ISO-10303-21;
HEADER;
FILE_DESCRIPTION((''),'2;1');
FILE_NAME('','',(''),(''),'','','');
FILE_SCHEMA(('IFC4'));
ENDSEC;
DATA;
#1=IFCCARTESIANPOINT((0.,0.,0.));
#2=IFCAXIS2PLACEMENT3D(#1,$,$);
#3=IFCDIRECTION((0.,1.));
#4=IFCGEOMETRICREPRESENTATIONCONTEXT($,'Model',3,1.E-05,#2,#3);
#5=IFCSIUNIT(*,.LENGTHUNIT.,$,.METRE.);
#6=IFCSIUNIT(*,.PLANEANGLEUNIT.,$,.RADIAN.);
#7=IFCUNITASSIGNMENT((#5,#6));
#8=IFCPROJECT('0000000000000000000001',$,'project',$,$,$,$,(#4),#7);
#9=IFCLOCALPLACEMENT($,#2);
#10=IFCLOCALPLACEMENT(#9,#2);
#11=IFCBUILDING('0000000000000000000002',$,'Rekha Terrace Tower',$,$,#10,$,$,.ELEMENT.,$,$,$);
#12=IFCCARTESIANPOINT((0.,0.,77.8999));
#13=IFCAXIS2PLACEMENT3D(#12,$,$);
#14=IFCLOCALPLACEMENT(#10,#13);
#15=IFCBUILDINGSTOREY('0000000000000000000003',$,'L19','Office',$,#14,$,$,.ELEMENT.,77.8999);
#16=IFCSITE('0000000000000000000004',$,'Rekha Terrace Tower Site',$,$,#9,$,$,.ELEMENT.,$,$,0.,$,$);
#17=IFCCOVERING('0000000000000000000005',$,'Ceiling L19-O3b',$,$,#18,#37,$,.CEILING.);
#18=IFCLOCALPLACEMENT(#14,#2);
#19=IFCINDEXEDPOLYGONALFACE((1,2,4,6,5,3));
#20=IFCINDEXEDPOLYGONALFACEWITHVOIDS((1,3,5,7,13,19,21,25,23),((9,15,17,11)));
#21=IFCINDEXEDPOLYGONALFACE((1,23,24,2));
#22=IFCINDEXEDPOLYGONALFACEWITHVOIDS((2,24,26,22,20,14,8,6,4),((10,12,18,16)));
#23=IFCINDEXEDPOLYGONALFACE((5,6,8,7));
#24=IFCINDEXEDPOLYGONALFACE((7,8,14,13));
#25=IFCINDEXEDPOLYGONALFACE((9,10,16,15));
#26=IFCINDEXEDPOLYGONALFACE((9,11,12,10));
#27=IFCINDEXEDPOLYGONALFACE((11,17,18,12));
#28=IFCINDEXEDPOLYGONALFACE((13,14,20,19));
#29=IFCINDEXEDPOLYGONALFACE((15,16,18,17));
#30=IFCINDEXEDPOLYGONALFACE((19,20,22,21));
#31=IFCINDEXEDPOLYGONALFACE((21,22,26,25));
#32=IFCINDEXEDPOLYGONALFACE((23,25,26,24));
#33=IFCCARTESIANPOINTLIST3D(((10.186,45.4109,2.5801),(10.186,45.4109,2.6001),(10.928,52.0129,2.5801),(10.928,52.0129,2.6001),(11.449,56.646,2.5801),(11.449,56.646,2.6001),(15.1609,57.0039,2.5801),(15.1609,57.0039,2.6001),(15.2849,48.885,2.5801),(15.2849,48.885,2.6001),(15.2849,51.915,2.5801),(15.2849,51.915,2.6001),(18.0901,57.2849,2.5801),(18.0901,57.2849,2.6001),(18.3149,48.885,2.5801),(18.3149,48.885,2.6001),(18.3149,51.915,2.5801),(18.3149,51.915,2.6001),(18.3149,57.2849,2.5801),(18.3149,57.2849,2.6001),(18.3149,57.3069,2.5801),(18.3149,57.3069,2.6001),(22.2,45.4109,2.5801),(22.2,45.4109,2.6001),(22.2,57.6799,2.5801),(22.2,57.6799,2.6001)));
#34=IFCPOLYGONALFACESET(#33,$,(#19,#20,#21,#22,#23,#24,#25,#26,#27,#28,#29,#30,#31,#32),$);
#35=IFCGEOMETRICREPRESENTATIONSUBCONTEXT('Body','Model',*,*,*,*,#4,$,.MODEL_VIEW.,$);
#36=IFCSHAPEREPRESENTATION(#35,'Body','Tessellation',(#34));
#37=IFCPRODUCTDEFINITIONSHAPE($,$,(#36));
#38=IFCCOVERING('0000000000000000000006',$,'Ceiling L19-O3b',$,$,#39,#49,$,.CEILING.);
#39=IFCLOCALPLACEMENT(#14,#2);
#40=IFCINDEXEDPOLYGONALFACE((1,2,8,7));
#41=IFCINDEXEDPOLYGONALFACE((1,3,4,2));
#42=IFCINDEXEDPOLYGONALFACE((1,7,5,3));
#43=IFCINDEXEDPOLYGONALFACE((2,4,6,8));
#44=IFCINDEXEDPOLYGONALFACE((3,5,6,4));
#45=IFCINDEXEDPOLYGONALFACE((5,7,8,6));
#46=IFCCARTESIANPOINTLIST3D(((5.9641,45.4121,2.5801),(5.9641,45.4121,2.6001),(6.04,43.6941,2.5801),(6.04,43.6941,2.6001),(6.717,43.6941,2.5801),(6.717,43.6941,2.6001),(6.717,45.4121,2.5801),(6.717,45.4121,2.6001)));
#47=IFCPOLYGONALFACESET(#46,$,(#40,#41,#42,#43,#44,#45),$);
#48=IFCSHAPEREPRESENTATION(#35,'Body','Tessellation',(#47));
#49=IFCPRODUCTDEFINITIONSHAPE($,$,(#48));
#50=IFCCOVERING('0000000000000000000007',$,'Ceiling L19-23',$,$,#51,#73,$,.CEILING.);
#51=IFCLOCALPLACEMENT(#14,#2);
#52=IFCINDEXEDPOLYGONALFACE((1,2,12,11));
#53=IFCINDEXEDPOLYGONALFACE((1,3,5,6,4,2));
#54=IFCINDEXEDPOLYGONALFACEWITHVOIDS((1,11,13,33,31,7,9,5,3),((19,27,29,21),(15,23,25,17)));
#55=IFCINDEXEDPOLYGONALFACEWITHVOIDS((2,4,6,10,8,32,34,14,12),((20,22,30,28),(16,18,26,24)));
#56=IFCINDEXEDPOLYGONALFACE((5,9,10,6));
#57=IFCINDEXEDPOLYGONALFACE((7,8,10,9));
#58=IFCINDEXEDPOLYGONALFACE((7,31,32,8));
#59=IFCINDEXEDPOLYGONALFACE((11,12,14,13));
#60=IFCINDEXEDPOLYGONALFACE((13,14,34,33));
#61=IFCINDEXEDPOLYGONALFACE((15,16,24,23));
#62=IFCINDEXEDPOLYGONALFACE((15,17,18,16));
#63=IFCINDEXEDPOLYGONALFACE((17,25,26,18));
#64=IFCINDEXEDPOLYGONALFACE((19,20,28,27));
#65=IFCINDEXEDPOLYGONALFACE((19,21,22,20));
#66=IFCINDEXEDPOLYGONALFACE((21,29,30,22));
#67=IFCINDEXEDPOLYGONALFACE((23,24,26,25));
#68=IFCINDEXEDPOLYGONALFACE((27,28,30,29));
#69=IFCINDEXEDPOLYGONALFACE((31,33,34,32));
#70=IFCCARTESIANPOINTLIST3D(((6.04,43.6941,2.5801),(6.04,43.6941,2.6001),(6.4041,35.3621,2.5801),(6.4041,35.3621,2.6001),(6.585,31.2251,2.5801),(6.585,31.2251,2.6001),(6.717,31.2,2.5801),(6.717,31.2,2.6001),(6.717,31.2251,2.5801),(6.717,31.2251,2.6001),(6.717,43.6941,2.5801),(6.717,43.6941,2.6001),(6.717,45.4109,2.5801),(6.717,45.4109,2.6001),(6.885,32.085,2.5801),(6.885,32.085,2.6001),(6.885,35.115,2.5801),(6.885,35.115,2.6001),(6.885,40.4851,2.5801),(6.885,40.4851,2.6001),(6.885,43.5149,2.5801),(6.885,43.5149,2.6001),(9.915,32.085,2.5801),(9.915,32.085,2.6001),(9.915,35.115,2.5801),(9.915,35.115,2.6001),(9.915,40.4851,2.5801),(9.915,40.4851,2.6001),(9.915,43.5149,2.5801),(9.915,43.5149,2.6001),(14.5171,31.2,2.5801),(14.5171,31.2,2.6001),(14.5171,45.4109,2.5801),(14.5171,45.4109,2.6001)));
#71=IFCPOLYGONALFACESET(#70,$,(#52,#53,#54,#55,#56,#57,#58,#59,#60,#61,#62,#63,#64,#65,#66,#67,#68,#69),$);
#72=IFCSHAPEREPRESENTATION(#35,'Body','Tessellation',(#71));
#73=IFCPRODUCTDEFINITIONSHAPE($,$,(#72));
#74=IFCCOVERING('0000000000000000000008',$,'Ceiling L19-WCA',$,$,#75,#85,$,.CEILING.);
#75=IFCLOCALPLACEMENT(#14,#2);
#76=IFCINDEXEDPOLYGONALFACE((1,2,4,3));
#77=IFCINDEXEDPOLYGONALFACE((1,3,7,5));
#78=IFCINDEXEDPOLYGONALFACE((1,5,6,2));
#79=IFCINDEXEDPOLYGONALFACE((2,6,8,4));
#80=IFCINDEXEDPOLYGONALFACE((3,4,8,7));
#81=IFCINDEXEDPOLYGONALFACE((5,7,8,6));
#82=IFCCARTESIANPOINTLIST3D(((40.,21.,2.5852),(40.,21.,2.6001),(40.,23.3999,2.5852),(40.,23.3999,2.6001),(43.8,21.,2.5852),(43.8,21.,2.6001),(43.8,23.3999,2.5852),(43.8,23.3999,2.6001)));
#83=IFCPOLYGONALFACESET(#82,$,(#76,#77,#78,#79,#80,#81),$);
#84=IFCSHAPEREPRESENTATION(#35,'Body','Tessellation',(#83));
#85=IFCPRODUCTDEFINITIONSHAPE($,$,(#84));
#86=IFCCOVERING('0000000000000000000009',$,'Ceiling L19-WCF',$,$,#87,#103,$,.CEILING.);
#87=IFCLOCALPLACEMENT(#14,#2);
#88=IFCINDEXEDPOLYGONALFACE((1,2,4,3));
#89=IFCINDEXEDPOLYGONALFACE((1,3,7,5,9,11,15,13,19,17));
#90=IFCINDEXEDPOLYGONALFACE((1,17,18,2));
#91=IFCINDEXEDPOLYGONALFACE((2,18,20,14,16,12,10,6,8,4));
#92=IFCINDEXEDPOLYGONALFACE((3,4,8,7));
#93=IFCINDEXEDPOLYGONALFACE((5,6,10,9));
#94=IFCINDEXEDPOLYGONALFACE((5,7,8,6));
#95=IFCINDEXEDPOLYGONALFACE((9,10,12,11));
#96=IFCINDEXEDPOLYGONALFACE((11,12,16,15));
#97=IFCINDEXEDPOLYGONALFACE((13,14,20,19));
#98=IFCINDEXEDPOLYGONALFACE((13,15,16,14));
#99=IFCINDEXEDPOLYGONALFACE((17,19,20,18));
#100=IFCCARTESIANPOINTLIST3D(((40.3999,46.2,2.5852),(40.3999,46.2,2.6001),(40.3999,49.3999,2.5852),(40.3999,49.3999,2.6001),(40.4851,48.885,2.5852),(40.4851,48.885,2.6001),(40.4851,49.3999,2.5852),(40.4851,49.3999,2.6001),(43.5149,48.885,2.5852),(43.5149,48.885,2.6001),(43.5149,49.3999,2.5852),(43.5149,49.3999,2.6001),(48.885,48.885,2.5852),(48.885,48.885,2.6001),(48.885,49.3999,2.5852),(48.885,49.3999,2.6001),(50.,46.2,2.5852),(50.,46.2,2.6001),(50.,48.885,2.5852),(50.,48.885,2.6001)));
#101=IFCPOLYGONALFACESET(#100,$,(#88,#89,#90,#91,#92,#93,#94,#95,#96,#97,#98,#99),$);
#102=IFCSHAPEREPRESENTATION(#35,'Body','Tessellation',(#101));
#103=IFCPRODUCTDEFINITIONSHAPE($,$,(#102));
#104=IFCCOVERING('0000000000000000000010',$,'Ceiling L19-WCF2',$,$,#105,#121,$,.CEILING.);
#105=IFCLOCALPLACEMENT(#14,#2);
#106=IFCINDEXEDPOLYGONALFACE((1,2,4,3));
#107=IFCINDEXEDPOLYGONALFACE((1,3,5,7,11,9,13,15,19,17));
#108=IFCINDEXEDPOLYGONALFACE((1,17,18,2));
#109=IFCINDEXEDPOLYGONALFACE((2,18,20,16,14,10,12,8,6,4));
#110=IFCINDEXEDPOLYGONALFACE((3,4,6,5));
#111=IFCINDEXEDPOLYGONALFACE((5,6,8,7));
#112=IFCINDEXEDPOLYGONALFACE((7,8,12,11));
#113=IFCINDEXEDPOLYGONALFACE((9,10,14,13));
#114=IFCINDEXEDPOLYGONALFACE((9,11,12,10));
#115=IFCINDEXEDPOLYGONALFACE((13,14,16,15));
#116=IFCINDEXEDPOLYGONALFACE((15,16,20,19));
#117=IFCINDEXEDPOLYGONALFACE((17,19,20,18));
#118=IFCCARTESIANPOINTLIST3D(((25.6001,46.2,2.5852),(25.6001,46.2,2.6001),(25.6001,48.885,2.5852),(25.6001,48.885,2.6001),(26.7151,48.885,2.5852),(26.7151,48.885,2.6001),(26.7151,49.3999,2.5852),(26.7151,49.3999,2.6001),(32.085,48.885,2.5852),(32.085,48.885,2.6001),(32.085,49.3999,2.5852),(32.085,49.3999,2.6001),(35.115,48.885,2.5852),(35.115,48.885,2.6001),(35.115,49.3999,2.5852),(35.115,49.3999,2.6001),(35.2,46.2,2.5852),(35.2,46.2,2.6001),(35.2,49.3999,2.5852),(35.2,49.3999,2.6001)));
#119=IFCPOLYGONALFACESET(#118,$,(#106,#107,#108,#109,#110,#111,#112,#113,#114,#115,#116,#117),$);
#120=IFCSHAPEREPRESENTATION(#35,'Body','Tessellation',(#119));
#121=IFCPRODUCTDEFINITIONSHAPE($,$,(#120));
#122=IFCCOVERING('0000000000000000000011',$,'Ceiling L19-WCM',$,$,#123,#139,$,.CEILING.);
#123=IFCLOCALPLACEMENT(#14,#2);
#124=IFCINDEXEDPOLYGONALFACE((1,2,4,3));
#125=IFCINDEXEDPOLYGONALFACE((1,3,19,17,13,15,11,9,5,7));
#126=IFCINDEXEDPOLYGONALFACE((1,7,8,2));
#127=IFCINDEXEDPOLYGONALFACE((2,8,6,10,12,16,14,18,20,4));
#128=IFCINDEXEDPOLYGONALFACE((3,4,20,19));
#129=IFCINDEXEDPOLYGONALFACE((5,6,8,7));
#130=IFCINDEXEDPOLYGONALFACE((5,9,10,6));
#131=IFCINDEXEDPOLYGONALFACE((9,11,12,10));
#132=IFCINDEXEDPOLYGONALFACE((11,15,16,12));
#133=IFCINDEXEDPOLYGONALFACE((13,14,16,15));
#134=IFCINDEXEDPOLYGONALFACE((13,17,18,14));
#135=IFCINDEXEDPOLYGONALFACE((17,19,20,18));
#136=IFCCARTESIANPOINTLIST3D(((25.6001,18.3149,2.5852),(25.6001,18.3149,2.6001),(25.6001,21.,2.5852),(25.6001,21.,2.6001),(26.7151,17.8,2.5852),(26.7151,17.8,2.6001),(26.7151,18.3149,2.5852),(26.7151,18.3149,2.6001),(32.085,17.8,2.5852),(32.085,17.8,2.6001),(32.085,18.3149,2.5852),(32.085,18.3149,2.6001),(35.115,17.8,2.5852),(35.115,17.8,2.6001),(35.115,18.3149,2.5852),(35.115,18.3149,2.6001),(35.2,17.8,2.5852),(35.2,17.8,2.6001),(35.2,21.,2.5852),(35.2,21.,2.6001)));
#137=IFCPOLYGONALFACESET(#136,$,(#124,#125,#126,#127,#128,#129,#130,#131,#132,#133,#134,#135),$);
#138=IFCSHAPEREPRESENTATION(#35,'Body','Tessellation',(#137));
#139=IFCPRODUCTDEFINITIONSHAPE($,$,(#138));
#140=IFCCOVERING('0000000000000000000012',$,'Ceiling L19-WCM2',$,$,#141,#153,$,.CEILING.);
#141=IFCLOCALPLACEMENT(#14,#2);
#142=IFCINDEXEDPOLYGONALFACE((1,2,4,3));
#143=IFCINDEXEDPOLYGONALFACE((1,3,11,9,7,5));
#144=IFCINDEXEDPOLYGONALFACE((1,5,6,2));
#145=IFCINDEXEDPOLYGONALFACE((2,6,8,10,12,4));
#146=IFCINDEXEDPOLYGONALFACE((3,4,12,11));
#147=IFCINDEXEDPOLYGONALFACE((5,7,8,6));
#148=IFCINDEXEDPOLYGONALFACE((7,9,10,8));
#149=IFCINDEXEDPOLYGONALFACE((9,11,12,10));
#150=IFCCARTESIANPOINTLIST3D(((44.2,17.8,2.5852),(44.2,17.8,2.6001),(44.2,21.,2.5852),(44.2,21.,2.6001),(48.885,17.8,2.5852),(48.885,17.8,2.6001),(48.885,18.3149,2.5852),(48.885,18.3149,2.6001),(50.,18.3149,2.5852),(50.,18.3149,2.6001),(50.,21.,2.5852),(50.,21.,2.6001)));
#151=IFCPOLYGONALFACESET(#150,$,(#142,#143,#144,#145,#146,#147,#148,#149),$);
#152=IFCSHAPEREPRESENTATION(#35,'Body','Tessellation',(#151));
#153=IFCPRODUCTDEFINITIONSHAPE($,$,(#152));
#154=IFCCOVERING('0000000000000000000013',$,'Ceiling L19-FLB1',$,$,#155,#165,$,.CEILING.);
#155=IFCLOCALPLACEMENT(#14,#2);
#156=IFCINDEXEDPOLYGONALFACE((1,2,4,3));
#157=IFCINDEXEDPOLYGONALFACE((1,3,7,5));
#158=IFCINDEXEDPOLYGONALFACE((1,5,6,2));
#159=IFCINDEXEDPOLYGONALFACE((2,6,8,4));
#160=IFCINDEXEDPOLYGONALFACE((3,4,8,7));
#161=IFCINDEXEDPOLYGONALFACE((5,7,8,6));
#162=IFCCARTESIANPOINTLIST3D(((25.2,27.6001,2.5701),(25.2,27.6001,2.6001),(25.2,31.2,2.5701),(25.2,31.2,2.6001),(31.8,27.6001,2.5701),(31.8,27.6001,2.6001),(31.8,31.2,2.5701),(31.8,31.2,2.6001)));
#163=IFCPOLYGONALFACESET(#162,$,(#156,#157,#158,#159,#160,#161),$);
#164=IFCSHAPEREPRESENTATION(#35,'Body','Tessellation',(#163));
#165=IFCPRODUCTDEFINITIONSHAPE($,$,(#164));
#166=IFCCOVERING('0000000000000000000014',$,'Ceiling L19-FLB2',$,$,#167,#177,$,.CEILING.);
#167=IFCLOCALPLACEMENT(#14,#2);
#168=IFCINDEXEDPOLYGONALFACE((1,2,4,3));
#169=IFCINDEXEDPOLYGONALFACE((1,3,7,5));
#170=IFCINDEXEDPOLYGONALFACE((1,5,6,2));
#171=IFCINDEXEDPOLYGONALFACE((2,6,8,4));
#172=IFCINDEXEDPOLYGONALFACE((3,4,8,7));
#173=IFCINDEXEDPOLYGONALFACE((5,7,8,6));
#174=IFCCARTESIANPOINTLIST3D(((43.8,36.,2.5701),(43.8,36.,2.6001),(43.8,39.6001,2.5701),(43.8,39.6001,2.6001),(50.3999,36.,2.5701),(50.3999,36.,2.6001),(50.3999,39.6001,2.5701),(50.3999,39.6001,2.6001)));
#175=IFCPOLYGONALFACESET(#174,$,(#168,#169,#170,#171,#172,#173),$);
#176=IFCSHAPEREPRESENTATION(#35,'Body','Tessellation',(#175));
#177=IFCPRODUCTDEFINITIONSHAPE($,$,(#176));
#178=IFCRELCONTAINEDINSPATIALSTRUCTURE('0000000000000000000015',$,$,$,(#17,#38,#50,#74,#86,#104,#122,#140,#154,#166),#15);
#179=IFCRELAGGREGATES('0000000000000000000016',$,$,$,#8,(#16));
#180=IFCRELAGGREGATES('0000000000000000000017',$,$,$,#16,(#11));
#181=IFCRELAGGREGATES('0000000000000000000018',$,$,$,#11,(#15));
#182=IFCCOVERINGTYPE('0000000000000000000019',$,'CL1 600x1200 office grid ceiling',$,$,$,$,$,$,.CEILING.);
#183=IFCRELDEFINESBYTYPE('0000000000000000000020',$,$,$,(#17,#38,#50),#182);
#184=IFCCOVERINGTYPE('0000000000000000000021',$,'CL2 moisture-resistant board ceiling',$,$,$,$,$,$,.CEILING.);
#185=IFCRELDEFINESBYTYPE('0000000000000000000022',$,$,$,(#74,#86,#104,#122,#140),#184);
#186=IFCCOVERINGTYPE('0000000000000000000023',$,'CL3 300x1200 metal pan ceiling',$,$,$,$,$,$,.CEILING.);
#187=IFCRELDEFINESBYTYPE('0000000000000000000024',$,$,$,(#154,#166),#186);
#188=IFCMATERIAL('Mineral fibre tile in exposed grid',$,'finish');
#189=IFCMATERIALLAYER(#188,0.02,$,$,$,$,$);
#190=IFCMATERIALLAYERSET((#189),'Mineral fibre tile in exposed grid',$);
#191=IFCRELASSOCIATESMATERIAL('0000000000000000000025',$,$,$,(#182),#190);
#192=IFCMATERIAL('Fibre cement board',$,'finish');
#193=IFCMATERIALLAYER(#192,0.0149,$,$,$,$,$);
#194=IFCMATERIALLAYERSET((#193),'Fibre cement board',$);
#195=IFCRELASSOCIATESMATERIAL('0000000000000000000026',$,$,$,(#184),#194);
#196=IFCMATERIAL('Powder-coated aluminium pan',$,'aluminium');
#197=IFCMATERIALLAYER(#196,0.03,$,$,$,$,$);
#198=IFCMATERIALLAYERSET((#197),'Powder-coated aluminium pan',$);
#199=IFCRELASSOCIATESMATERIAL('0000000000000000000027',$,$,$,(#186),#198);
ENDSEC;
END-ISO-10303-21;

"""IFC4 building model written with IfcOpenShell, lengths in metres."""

from ifc_helpers import new_model, si_unit, direction, frame, origin, place, context, subcontext, project, spatial, polyline, outline, extrude, material, layer, layer_set, type_object, element, save


model = new_model("IFC4")

# Units and contexts
model_context = context("Model", 3, precision=1e-05, world=origin(), true_north=direction((0.0, 1.0)))
body_context = subcontext(model_context, "Body", "Model", "MODEL_VIEW")
ifc_project = project(units=[si_unit("LENGTHUNIT", "METRE"), si_unit("PLANEANGLEUNIT", "RADIAN")], contexts=[model_context])

# Site, building, storey
site_placement = place(None, origin())
site = spatial("IfcSite", under=ifc_project, at=site_placement, Name="Rekha Terrace Tower Site", CompositionType="ELEMENT", RefElevation=0.0)
building_placement = place(site_placement, origin())
building = spatial("IfcBuilding", under=site, at=building_placement, Name="Rekha Terrace Tower", CompositionType="ELEMENT")
storey_placement = place(building_placement, frame((0.0, 0.0, 77.8999)))
storey = spatial("IfcBuildingStorey", under=building, at=storey_placement, Name="L19", Description="Office", CompositionType="ELEMENT", Elevation=77.8999)

# Coverings
ifc_material_1 = material(Name="Mineral fibre tile in exposed grid", Category="finish")
ifc_layer_1 = layer(ifc_material_1, 0.02)
ifc_layer_set_1 = layer_set([ifc_layer_1], Name="Mineral fibre tile in exposed grid")
covering_type_1 = type_object("IfcCoveringType", Name="CL1 600x1200 office grid ceiling", PredefinedType="CEILING", material=ifc_layer_set_1)
covering_1_placement = place(storey_placement, frame((0.0, 0.0, 2.5801)))
element("IfcCovering", 1, at=covering_1_placement, inside=storey, type_object=covering_type_1, Name="Ceiling L19-O3b", PredefinedType="CEILING", context=body_context, shape_type="SweptSolid", body=[
    extrude(outline(polyline([(10.928, 52.0129), (10.186, 45.4109), (22.2, 45.4109), (22.2, 57.6799), (18.3149, 57.3069), (18.3149, 57.2849), (18.0901, 57.2849), (15.1609, 57.0039), (11.449, 56.646), (10.928, 52.0129)]), holes=[polyline([(18.3149, 48.885), (15.2849, 48.885), (15.2849, 51.915), (18.3149, 51.915), (18.3149, 48.885)])]), origin(), (0.0, 0.0, 1.0), 0.02),
])
covering_2_placement = place(storey_placement, frame((0.0, 0.0, 2.5801)))
element("IfcCovering", 2, at=covering_2_placement, inside=storey, type_object=covering_type_1, Name="Ceiling L19-O3b", PredefinedType="CEILING", context=body_context, shape_type="SweptSolid", body=[
    extrude(outline(polyline([(6.717, 43.6941), (6.717, 45.4121), (5.9641, 45.4121), (6.04, 43.6941), (6.717, 43.6941)])), origin(), (0.0, 0.0, 1.0), 0.02),
])
covering_3_placement = place(storey_placement, frame((0.0, 0.0, 2.5801)))
element("IfcCovering", 3, at=covering_3_placement, inside=storey, type_object=covering_type_1, Name="Ceiling L19-23", PredefinedType="CEILING", context=body_context, shape_type="SweptSolid", body=[
    extrude(outline(polyline([(6.717, 31.2251), (6.717, 31.2), (14.5171, 31.2), (14.5171, 45.4109), (6.717, 45.4109), (6.717, 43.6941), (6.04, 43.6941), (6.4041, 35.3621), (6.585, 31.2251), (6.717, 31.2251)]), holes=[polyline([(9.915, 32.085), (6.885, 32.085), (6.885, 35.115), (9.915, 35.115), (9.915, 32.085)]), polyline([(9.915, 40.4851), (6.885, 40.4851), (6.885, 43.5149), (9.915, 43.5149), (9.915, 40.4851)])]), origin(), (0.0, 0.0, 1.0), 0.02),
])
ifc_material_2 = material(Name="Fibre cement board", Category="finish")
ifc_layer_2 = layer(ifc_material_2, 0.0149)
ifc_layer_set_2 = layer_set([ifc_layer_2], Name="Fibre cement board")
covering_type_2 = type_object("IfcCoveringType", Name="CL2 moisture-resistant board ceiling", PredefinedType="CEILING", material=ifc_layer_set_2)
covering_4_placement = place(storey_placement, frame((0.0, 0.0, 2.5852)))
element("IfcCovering", 4, at=covering_4_placement, inside=storey, type_object=covering_type_2, Name="Ceiling L19-WCA", PredefinedType="CEILING", context=body_context, shape_type="SweptSolid", body=[
    extrude(outline(polyline([(43.8, 23.3999), (40.0, 23.3999), (40.0, 21.0), (43.8, 21.0), (43.8, 23.3999)])), origin(), (0.0, 0.0, 1.0), 0.0149),
])
covering_5_placement = place(storey_placement, frame((0.0, 0.0, 2.5852)))
element("IfcCovering", 5, at=covering_5_placement, inside=storey, type_object=covering_type_2, Name="Ceiling L19-WCF", PredefinedType="CEILING", context=body_context, shape_type="SweptSolid", body=[
    extrude(outline(polyline([(40.4851, 49.3999), (40.3999, 49.3999), (40.3999, 46.2), (50.0, 46.2), (50.0, 48.885), (48.885, 48.885), (48.885, 49.3999), (43.5149, 49.3999), (43.5149, 48.885), (40.4851, 48.885), (40.4851, 49.3999)])), origin(), (0.0, 0.0, 1.0), 0.0149),
])
covering_6_placement = place(storey_placement, frame((0.0, 0.0, 2.5852)))
element("IfcCovering", 6, at=covering_6_placement, inside=storey, type_object=covering_type_2, Name="Ceiling L19-WCF2", PredefinedType="CEILING", context=body_context, shape_type="SweptSolid", body=[
    extrude(outline(polyline([(26.7151, 48.885), (25.6001, 48.885), (25.6001, 46.2), (35.2, 46.2), (35.2, 49.3999), (35.115, 49.3999), (35.115, 48.885), (32.085, 48.885), (32.085, 49.3999), (26.7151, 49.3999), (26.7151, 48.885)])), origin(), (0.0, 0.0, 1.0), 0.0149),
])
covering_7_placement = place(storey_placement, frame((0.0, 0.0, 2.5852)))
element("IfcCovering", 7, at=covering_7_placement, inside=storey, type_object=covering_type_2, Name="Ceiling L19-WCM", PredefinedType="CEILING", context=body_context, shape_type="SweptSolid", body=[
    extrude(outline(polyline([(35.2, 21.0), (25.6001, 21.0), (25.6001, 18.3149), (26.7151, 18.3149), (26.7151, 17.8), (32.085, 17.8), (32.085, 18.3149), (35.115, 18.3149), (35.115, 17.8), (35.2, 17.8), (35.2, 21.0)])), origin(), (0.0, 0.0, 1.0), 0.0149),
])
covering_8_placement = place(storey_placement, frame((0.0, 0.0, 2.5852)))
element("IfcCovering", 8, at=covering_8_placement, inside=storey, type_object=covering_type_2, Name="Ceiling L19-WCM2", PredefinedType="CEILING", context=body_context, shape_type="SweptSolid", body=[
    extrude(outline(polyline([(50.0, 21.0), (44.2, 21.0), (44.2, 17.8), (48.885, 17.8), (48.885, 18.3149), (50.0, 18.3149), (50.0, 21.0)])), origin(), (0.0, 0.0, 1.0), 0.0149),
])
ifc_material_3 = material(Name="Powder-coated aluminium pan", Category="aluminium")
ifc_layer_3 = layer(ifc_material_3, 0.03)
ifc_layer_set_3 = layer_set([ifc_layer_3], Name="Powder-coated aluminium pan")
covering_type_3 = type_object("IfcCoveringType", Name="CL3 300x1200 metal pan ceiling", PredefinedType="CEILING", material=ifc_layer_set_3)
covering_9_placement = place(storey_placement, frame((0.0, 0.0, 2.5701)))
element("IfcCovering", 9, at=covering_9_placement, inside=storey, type_object=covering_type_3, Name="Ceiling L19-FLB1", PredefinedType="CEILING", context=body_context, shape_type="SweptSolid", body=[
    extrude(outline(polyline([(31.8, 31.2), (25.2, 31.2), (25.2, 27.6001), (31.8, 27.6001), (31.8, 31.2)])), origin(), (0.0, 0.0, 1.0), 0.03),
])
covering_10_placement = place(storey_placement, frame((0.0, 0.0, 2.5701)))
element("IfcCovering", 10, at=covering_10_placement, inside=storey, type_object=covering_type_3, Name="Ceiling L19-FLB2", PredefinedType="CEILING", context=body_context, shape_type="SweptSolid", body=[
    extrude(outline(polyline([(50.3999, 39.6001), (43.8, 39.6001), (43.8, 36.0), (50.3999, 36.0), (50.3999, 39.6001)])), origin(), (0.0, 0.0, 1.0), 0.03),
])

save(model, "model.ifc")
